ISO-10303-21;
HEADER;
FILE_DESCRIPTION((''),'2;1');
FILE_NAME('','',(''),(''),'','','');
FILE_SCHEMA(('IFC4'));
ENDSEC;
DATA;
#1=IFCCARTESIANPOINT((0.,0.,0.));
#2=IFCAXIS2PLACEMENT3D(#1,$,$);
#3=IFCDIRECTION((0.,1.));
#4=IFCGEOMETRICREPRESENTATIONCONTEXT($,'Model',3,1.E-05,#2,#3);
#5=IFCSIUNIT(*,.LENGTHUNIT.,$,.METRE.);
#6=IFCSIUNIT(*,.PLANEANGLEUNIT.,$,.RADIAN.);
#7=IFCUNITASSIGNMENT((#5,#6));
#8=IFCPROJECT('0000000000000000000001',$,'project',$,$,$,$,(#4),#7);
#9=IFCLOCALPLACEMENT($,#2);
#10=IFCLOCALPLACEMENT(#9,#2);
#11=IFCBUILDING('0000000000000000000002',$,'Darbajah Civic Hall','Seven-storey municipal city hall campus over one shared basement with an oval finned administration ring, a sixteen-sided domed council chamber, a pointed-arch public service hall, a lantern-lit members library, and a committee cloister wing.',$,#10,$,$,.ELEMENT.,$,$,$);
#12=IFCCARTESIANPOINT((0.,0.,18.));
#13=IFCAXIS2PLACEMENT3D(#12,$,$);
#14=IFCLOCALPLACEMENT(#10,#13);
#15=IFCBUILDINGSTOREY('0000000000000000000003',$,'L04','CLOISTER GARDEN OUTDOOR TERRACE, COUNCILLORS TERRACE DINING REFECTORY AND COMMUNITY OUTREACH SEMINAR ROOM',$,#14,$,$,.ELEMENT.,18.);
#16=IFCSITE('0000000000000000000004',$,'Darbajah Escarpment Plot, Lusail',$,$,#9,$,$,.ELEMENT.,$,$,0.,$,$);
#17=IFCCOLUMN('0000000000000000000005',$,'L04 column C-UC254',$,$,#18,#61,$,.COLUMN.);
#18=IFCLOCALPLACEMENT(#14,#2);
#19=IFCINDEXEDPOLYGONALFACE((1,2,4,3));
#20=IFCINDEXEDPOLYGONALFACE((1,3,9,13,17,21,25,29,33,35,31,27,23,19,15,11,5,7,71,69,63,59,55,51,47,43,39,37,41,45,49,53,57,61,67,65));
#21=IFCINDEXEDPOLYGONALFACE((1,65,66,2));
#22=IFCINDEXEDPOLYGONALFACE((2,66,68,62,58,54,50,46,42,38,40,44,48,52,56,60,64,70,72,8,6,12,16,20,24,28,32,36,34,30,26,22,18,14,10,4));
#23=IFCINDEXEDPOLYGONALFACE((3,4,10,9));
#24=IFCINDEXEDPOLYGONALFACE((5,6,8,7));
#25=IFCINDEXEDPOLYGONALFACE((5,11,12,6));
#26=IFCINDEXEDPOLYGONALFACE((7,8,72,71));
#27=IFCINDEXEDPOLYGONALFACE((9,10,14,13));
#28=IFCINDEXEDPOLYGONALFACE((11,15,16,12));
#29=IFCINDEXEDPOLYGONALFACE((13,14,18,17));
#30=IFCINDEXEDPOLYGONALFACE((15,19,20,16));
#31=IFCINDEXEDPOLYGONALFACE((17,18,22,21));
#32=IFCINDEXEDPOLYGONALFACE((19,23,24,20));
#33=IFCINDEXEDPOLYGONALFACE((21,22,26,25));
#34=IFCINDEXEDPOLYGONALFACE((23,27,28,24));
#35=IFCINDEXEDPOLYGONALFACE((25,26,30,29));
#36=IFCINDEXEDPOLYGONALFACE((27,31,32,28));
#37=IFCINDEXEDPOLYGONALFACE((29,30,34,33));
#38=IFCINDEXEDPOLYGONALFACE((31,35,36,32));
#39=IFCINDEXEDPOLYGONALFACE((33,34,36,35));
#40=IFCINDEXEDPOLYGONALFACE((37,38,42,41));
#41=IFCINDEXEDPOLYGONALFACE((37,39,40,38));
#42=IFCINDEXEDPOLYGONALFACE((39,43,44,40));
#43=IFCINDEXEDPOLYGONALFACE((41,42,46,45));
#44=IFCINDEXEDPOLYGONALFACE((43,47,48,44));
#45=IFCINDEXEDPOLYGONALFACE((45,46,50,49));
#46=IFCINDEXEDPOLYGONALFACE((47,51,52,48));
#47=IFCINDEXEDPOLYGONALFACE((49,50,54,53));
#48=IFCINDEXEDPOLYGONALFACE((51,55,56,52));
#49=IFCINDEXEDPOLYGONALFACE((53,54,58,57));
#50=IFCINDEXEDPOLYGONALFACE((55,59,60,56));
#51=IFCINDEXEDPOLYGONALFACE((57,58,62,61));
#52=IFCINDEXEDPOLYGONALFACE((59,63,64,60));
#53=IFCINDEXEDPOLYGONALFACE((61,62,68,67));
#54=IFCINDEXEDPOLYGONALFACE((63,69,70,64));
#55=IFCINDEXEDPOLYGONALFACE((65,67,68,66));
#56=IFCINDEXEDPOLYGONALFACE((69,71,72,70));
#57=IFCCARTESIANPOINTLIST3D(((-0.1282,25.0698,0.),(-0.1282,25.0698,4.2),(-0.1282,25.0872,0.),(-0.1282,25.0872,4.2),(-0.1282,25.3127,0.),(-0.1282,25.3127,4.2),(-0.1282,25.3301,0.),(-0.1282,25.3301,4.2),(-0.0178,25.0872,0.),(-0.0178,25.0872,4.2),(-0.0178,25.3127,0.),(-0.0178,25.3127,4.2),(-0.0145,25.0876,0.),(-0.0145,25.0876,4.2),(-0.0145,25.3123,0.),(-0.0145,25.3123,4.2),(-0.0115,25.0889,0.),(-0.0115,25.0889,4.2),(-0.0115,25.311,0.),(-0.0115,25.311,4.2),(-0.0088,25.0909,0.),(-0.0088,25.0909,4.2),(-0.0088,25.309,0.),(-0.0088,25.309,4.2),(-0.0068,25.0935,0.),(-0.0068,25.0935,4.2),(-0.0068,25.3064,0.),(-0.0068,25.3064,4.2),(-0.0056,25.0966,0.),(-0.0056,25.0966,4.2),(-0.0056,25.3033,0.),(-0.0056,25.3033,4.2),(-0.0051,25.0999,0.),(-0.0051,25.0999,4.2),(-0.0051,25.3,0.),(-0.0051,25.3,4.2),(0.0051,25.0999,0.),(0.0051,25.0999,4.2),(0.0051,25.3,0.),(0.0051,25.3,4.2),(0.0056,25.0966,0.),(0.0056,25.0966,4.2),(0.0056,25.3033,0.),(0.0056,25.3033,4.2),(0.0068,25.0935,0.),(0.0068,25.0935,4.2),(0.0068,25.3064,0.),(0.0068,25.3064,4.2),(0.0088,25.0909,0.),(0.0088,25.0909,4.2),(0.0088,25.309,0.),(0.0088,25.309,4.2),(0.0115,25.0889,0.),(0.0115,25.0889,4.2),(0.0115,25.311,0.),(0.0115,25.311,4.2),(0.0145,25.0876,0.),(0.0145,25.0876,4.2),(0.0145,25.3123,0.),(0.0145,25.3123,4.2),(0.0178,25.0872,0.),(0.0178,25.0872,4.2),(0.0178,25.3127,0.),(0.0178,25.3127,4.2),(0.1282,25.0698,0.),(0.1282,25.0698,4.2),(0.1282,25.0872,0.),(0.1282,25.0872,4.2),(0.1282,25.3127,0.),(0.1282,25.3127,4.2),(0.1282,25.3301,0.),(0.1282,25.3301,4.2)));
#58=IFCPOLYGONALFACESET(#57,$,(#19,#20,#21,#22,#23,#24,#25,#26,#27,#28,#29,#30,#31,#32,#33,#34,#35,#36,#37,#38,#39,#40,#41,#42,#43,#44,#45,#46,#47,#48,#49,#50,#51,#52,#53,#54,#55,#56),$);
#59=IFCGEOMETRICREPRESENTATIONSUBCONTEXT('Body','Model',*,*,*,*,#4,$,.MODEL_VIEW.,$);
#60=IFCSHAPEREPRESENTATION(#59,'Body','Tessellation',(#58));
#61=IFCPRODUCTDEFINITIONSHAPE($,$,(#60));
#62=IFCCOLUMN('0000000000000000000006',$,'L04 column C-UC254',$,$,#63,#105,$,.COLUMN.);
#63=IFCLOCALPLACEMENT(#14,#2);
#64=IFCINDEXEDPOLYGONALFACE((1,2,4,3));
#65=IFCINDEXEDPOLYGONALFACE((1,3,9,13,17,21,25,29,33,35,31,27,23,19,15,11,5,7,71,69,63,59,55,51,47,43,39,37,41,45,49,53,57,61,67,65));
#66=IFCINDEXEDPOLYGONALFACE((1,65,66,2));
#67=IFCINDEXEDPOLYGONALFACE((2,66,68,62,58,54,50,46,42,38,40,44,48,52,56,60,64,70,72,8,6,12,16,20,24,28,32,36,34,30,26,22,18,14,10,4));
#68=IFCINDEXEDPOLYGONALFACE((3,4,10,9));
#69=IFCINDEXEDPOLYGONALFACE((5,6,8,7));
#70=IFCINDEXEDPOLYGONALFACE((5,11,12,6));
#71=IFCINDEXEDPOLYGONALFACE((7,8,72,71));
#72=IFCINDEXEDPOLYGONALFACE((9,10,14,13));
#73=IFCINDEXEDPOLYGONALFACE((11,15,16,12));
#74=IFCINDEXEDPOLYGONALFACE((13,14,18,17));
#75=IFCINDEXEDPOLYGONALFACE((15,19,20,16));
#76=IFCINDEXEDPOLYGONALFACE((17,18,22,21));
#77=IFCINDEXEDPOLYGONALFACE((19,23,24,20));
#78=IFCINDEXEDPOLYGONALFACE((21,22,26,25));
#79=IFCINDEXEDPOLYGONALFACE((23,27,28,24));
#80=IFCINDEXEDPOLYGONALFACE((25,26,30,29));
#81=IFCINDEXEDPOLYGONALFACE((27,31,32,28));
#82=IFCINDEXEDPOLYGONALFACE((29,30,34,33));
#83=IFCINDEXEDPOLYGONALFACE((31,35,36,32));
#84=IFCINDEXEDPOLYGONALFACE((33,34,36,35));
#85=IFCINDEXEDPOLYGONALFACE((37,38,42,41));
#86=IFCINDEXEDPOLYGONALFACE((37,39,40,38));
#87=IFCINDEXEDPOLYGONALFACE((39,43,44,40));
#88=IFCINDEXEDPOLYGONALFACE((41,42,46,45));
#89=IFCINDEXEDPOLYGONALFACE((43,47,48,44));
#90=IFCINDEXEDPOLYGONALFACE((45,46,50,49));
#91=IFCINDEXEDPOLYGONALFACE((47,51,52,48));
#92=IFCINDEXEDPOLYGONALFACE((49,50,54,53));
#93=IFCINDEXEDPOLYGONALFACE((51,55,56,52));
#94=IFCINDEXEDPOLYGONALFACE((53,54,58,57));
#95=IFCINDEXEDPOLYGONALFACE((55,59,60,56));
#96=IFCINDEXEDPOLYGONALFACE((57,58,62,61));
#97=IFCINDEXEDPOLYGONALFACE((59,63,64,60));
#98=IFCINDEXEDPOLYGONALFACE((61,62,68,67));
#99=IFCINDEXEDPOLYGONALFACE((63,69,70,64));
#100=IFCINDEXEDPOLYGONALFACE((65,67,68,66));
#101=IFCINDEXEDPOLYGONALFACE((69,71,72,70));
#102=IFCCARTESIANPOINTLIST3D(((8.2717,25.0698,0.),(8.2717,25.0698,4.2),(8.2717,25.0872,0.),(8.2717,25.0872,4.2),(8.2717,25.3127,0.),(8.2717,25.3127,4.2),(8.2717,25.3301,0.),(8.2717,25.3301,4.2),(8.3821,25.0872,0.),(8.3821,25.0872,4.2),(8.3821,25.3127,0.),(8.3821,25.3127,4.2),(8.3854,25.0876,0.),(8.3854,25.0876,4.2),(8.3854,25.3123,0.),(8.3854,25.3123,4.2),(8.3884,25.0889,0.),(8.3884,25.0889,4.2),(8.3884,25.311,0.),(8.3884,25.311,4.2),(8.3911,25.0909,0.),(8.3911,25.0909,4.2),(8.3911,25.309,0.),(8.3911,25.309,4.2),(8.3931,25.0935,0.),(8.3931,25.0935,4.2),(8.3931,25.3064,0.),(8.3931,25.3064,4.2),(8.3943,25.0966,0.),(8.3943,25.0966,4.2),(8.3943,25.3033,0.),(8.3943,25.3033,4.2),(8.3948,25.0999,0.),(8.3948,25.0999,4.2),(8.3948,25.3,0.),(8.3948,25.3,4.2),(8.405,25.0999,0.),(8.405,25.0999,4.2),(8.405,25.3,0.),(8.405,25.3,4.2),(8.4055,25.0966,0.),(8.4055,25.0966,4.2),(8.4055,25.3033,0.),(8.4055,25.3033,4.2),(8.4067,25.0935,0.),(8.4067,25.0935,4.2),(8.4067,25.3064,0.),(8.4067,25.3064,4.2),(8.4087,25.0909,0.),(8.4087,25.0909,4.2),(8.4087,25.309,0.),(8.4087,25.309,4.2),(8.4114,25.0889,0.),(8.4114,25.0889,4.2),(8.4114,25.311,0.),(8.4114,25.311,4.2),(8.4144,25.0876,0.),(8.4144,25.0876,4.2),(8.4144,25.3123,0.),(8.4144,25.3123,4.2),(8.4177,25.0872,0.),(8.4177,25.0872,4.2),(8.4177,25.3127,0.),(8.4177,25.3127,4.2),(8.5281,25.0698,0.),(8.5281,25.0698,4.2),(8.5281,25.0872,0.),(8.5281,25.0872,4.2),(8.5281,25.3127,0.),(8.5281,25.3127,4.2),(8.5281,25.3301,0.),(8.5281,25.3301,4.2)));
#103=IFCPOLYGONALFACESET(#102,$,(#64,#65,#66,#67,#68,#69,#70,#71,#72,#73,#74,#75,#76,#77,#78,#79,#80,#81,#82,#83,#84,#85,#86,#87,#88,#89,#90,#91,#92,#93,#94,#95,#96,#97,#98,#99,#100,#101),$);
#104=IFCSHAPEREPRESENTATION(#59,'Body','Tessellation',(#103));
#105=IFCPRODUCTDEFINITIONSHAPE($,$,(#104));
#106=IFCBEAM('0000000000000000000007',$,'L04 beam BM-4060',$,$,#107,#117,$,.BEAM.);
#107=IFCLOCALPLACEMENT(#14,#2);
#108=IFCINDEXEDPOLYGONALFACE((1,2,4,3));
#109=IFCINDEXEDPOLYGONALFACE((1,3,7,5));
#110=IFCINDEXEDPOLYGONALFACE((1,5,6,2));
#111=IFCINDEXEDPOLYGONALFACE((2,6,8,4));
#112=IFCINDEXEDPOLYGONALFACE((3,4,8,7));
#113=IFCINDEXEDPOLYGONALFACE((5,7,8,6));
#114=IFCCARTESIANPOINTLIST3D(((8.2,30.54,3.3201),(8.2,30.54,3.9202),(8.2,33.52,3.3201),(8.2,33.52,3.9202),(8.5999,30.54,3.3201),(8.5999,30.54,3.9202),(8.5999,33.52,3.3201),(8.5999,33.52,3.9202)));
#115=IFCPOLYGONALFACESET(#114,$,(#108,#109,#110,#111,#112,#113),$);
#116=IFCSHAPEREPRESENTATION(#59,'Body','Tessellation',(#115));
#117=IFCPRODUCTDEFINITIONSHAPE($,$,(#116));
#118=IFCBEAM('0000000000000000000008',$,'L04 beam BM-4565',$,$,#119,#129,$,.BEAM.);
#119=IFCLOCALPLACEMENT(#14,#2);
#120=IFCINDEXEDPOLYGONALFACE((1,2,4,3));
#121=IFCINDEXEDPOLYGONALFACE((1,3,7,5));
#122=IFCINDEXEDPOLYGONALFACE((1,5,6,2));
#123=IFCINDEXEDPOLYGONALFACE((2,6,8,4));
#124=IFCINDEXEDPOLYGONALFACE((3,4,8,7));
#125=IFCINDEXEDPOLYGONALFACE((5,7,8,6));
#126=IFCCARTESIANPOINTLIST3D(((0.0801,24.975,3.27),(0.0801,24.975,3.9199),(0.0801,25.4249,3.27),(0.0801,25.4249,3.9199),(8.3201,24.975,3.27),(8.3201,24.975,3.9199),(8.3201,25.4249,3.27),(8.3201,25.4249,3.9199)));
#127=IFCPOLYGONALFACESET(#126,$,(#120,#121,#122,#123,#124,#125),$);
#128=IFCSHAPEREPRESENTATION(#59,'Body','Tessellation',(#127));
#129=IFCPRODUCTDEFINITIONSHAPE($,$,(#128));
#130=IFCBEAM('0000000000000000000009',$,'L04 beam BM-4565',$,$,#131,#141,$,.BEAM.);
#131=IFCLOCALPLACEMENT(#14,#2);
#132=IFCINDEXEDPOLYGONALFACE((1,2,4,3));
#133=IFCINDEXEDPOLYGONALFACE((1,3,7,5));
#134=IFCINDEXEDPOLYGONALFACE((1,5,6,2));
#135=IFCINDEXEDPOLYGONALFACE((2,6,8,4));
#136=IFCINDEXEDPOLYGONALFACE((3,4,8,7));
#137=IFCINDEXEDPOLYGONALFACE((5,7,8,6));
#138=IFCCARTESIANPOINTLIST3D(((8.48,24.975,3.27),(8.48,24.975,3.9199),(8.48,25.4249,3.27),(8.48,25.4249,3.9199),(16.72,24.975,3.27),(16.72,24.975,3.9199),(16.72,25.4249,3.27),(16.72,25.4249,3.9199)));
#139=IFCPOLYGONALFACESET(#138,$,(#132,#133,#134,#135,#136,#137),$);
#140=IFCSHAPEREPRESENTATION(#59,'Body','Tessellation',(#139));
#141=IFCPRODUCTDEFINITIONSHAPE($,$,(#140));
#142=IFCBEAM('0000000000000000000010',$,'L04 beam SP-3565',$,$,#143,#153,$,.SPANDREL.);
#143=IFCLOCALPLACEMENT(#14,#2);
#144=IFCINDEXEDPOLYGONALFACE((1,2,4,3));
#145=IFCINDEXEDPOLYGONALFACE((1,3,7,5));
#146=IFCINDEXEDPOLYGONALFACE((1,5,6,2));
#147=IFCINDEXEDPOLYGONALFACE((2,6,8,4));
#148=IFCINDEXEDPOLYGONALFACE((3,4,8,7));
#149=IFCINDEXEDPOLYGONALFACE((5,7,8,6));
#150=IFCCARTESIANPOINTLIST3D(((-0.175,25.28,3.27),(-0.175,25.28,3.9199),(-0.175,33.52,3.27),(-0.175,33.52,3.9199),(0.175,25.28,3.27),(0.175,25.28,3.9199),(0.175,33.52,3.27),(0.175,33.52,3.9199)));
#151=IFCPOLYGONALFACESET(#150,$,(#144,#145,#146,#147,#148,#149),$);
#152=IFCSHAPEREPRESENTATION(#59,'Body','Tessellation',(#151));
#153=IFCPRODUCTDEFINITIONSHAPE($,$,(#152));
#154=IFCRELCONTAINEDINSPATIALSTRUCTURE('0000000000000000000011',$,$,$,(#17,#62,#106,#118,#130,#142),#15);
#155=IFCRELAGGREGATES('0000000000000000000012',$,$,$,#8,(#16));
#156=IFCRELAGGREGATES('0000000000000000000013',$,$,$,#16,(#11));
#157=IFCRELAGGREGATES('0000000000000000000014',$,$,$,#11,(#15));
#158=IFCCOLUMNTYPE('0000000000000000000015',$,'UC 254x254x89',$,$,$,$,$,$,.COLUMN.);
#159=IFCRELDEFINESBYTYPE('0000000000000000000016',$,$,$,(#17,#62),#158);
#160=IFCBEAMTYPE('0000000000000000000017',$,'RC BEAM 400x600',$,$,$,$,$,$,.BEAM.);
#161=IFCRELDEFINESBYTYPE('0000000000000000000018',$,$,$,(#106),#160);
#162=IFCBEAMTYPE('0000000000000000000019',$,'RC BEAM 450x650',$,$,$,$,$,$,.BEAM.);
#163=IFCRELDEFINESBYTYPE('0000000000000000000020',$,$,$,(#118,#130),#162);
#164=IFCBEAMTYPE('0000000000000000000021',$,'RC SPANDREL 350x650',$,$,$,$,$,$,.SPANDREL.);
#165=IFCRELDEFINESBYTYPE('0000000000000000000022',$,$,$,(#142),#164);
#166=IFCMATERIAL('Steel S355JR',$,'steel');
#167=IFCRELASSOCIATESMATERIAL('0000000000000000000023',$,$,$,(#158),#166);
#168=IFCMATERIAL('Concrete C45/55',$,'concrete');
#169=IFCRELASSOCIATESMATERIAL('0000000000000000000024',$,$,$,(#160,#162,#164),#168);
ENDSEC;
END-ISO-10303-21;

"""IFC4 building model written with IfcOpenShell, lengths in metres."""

from ifc_helpers import new_model, si_unit, direction, frame, origin, origin_2d, place, context, subcontext, project, spatial, rectangle, i_section, extrude, material, material_profile, profile_set, type_object, element, save


model = new_model("IFC4")

# Units and contexts
model_context = context("Model", 3, precision=1e-05, world=origin(), true_north=direction((0.0, 1.0)))
body_context = subcontext(model_context, "Body", "Model", "MODEL_VIEW")
ifc_project = project(units=[si_unit("LENGTHUNIT", "METRE"), si_unit("PLANEANGLEUNIT", "RADIAN")], contexts=[model_context])

# Site, building, storey
site_placement = place(None, origin())
site = spatial("IfcSite", under=ifc_project, at=site_placement, Name="Darbajah Escarpment Plot, Lusail", CompositionType="ELEMENT", RefElevation=0.0)
building_placement = place(site_placement, origin())
building = spatial("IfcBuilding", under=site, at=building_placement, Name="Darbajah Civic Hall", Description="Seven-storey municipal city hall campus over one shared basement with an oval finned administration ring, a sixteen-sided domed council chamber, a pointed-arch public service hall, a lantern-lit members library, and a committee cloister wing.", CompositionType="ELEMENT")
storey_placement = place(building_placement, frame((0.0, 0.0, 18.0)))
storey = spatial("IfcBuildingStorey", under=building, at=storey_placement, Name="L04", Description="CLOISTER GARDEN OUTDOOR TERRACE, COUNCILLORS TERRACE DINING REFECTORY AND COMMUNITY OUTREACH SEMINAR ROOM", CompositionType="ELEMENT", Elevation=18.0)

# Columns
ifc_material_1 = material(Name="Steel S355JR", Category="steel")
ifc_material_profile_1 = material_profile(ifc_material_1, i_section(OverallWidth=0.2563, OverallDepth=0.2603, WebThickness=0.0103, FlangeThickness=0.0173, FilletRadius=0.0127, at=origin_2d()), Name="UC 254x254x89")
ifc_profile_set_1 = profile_set([ifc_material_profile_1], Name="Steel S355JR")
column_type = type_object("IfcColumnType", Name="UC 254x254x89", PredefinedType="COLUMN", material=ifc_profile_set_1)
for number, where, z_axis, x_axis, name in (
    (1, (0.0, 25.2, 0.0), (0.0, 0.0, 1.0), (1.0, 0.0, 0.0), "L04 column C-UC254"),
    (2, (8.3999, 25.2, 0.0), (0.0, 0.0, 1.0), (1.0, 0.0, 0.0), "L04 column C-UC254"),
):
    element("IfcColumn", number, at=place(storey_placement, frame(where, z_axis=z_axis, x_axis=x_axis)), inside=storey, type_object=column_type, Name=name, PredefinedType="COLUMN", context=body_context, shape_type="SweptSolid", body=[
        extrude(i_section(OverallWidth=0.2563, OverallDepth=0.2603, WebThickness=0.0103, FlangeThickness=0.0173, FilletRadius=0.0127, at=origin_2d()), origin(), (0.0, 0.0, 1.0), 4.2),
    ])

# Beams
ifc_material_2 = material(Name="Concrete C45/55", Category="concrete")
ifc_material_profile_2 = material_profile(ifc_material_2, rectangle(XDim=0.3999, YDim=0.6001, at=origin_2d()), Name="RC BEAM 400x600")
ifc_profile_set_2 = profile_set([ifc_material_profile_2], Name="Concrete C45/55")
beam_type_1 = type_object("IfcBeamType", Name="RC BEAM 400x600", PredefinedType="BEAM", material=ifc_profile_set_2)
beam_1_placement = place(storey_placement, frame((8.3999, 30.54, 3.6201), z_axis=(0.0, 1.0, 0.0), x_axis=(-1.0, 0.0, 0.0)))
element("IfcBeam", 3, at=beam_1_placement, inside=storey, type_object=beam_type_1, Name="L04 beam BM-4060", PredefinedType="BEAM", context=body_context, shape_type="SweptSolid", body=[
    extrude(rectangle(XDim=0.3999, YDim=0.6001, at=origin_2d()), origin(), (0.0, 0.0, 1.0), 2.98),
])
ifc_material_profile_3 = material_profile(ifc_material_2, rectangle(XDim=0.45, YDim=0.6499, at=origin_2d()), Name="RC BEAM 450x650")
ifc_profile_set_3 = profile_set([ifc_material_profile_3], Name="Concrete C45/55")
beam_type_2 = type_object("IfcBeamType", Name="RC BEAM 450x650", PredefinedType="BEAM", material=ifc_profile_set_3)
for number, where, z_axis, x_axis, name in (
    (4, (0.0801, 25.2, 3.595), (1.0, 0.0, 0.0), (0.0, 1.0, 0.0), "L04 beam BM-4565"),
    (5, (8.48, 25.2, 3.595), (1.0, 0.0, 0.0), (0.0, 1.0, 0.0), "L04 beam BM-4565"),
):
    element("IfcBeam", number, at=place(storey_placement, frame(where, z_axis=z_axis, x_axis=x_axis)), inside=storey, type_object=beam_type_2, Name=name, PredefinedType="BEAM", context=body_context, shape_type="SweptSolid", body=[
        extrude(rectangle(XDim=0.45, YDim=0.6499, at=origin_2d()), origin(), (0.0, 0.0, 1.0), 8.24),
    ])
ifc_material_profile_4 = material_profile(ifc_material_2, rectangle(XDim=0.3501, YDim=0.6499, at=origin_2d()), Name="RC SPANDREL 350x650")
ifc_profile_set_4 = profile_set([ifc_material_profile_4], Name="Concrete C45/55")
beam_type_3 = type_object("IfcBeamType", Name="RC SPANDREL 350x650", PredefinedType="SPANDREL", material=ifc_profile_set_4)
beam_2_placement = place(storey_placement, frame((0.0, 25.28, 3.595), z_axis=(0.0, 1.0, 0.0), x_axis=(-1.0, 0.0, 0.0)))
element("IfcBeam", 6, at=beam_2_placement, inside=storey, type_object=beam_type_3, Name="L04 beam SP-3565", PredefinedType="SPANDREL", context=body_context, shape_type="SweptSolid", body=[
    extrude(rectangle(XDim=0.3501, YDim=0.6499, at=origin_2d()), origin(), (0.0, 0.0, 1.0), 8.24),
])

save(model, "model.ifc")
